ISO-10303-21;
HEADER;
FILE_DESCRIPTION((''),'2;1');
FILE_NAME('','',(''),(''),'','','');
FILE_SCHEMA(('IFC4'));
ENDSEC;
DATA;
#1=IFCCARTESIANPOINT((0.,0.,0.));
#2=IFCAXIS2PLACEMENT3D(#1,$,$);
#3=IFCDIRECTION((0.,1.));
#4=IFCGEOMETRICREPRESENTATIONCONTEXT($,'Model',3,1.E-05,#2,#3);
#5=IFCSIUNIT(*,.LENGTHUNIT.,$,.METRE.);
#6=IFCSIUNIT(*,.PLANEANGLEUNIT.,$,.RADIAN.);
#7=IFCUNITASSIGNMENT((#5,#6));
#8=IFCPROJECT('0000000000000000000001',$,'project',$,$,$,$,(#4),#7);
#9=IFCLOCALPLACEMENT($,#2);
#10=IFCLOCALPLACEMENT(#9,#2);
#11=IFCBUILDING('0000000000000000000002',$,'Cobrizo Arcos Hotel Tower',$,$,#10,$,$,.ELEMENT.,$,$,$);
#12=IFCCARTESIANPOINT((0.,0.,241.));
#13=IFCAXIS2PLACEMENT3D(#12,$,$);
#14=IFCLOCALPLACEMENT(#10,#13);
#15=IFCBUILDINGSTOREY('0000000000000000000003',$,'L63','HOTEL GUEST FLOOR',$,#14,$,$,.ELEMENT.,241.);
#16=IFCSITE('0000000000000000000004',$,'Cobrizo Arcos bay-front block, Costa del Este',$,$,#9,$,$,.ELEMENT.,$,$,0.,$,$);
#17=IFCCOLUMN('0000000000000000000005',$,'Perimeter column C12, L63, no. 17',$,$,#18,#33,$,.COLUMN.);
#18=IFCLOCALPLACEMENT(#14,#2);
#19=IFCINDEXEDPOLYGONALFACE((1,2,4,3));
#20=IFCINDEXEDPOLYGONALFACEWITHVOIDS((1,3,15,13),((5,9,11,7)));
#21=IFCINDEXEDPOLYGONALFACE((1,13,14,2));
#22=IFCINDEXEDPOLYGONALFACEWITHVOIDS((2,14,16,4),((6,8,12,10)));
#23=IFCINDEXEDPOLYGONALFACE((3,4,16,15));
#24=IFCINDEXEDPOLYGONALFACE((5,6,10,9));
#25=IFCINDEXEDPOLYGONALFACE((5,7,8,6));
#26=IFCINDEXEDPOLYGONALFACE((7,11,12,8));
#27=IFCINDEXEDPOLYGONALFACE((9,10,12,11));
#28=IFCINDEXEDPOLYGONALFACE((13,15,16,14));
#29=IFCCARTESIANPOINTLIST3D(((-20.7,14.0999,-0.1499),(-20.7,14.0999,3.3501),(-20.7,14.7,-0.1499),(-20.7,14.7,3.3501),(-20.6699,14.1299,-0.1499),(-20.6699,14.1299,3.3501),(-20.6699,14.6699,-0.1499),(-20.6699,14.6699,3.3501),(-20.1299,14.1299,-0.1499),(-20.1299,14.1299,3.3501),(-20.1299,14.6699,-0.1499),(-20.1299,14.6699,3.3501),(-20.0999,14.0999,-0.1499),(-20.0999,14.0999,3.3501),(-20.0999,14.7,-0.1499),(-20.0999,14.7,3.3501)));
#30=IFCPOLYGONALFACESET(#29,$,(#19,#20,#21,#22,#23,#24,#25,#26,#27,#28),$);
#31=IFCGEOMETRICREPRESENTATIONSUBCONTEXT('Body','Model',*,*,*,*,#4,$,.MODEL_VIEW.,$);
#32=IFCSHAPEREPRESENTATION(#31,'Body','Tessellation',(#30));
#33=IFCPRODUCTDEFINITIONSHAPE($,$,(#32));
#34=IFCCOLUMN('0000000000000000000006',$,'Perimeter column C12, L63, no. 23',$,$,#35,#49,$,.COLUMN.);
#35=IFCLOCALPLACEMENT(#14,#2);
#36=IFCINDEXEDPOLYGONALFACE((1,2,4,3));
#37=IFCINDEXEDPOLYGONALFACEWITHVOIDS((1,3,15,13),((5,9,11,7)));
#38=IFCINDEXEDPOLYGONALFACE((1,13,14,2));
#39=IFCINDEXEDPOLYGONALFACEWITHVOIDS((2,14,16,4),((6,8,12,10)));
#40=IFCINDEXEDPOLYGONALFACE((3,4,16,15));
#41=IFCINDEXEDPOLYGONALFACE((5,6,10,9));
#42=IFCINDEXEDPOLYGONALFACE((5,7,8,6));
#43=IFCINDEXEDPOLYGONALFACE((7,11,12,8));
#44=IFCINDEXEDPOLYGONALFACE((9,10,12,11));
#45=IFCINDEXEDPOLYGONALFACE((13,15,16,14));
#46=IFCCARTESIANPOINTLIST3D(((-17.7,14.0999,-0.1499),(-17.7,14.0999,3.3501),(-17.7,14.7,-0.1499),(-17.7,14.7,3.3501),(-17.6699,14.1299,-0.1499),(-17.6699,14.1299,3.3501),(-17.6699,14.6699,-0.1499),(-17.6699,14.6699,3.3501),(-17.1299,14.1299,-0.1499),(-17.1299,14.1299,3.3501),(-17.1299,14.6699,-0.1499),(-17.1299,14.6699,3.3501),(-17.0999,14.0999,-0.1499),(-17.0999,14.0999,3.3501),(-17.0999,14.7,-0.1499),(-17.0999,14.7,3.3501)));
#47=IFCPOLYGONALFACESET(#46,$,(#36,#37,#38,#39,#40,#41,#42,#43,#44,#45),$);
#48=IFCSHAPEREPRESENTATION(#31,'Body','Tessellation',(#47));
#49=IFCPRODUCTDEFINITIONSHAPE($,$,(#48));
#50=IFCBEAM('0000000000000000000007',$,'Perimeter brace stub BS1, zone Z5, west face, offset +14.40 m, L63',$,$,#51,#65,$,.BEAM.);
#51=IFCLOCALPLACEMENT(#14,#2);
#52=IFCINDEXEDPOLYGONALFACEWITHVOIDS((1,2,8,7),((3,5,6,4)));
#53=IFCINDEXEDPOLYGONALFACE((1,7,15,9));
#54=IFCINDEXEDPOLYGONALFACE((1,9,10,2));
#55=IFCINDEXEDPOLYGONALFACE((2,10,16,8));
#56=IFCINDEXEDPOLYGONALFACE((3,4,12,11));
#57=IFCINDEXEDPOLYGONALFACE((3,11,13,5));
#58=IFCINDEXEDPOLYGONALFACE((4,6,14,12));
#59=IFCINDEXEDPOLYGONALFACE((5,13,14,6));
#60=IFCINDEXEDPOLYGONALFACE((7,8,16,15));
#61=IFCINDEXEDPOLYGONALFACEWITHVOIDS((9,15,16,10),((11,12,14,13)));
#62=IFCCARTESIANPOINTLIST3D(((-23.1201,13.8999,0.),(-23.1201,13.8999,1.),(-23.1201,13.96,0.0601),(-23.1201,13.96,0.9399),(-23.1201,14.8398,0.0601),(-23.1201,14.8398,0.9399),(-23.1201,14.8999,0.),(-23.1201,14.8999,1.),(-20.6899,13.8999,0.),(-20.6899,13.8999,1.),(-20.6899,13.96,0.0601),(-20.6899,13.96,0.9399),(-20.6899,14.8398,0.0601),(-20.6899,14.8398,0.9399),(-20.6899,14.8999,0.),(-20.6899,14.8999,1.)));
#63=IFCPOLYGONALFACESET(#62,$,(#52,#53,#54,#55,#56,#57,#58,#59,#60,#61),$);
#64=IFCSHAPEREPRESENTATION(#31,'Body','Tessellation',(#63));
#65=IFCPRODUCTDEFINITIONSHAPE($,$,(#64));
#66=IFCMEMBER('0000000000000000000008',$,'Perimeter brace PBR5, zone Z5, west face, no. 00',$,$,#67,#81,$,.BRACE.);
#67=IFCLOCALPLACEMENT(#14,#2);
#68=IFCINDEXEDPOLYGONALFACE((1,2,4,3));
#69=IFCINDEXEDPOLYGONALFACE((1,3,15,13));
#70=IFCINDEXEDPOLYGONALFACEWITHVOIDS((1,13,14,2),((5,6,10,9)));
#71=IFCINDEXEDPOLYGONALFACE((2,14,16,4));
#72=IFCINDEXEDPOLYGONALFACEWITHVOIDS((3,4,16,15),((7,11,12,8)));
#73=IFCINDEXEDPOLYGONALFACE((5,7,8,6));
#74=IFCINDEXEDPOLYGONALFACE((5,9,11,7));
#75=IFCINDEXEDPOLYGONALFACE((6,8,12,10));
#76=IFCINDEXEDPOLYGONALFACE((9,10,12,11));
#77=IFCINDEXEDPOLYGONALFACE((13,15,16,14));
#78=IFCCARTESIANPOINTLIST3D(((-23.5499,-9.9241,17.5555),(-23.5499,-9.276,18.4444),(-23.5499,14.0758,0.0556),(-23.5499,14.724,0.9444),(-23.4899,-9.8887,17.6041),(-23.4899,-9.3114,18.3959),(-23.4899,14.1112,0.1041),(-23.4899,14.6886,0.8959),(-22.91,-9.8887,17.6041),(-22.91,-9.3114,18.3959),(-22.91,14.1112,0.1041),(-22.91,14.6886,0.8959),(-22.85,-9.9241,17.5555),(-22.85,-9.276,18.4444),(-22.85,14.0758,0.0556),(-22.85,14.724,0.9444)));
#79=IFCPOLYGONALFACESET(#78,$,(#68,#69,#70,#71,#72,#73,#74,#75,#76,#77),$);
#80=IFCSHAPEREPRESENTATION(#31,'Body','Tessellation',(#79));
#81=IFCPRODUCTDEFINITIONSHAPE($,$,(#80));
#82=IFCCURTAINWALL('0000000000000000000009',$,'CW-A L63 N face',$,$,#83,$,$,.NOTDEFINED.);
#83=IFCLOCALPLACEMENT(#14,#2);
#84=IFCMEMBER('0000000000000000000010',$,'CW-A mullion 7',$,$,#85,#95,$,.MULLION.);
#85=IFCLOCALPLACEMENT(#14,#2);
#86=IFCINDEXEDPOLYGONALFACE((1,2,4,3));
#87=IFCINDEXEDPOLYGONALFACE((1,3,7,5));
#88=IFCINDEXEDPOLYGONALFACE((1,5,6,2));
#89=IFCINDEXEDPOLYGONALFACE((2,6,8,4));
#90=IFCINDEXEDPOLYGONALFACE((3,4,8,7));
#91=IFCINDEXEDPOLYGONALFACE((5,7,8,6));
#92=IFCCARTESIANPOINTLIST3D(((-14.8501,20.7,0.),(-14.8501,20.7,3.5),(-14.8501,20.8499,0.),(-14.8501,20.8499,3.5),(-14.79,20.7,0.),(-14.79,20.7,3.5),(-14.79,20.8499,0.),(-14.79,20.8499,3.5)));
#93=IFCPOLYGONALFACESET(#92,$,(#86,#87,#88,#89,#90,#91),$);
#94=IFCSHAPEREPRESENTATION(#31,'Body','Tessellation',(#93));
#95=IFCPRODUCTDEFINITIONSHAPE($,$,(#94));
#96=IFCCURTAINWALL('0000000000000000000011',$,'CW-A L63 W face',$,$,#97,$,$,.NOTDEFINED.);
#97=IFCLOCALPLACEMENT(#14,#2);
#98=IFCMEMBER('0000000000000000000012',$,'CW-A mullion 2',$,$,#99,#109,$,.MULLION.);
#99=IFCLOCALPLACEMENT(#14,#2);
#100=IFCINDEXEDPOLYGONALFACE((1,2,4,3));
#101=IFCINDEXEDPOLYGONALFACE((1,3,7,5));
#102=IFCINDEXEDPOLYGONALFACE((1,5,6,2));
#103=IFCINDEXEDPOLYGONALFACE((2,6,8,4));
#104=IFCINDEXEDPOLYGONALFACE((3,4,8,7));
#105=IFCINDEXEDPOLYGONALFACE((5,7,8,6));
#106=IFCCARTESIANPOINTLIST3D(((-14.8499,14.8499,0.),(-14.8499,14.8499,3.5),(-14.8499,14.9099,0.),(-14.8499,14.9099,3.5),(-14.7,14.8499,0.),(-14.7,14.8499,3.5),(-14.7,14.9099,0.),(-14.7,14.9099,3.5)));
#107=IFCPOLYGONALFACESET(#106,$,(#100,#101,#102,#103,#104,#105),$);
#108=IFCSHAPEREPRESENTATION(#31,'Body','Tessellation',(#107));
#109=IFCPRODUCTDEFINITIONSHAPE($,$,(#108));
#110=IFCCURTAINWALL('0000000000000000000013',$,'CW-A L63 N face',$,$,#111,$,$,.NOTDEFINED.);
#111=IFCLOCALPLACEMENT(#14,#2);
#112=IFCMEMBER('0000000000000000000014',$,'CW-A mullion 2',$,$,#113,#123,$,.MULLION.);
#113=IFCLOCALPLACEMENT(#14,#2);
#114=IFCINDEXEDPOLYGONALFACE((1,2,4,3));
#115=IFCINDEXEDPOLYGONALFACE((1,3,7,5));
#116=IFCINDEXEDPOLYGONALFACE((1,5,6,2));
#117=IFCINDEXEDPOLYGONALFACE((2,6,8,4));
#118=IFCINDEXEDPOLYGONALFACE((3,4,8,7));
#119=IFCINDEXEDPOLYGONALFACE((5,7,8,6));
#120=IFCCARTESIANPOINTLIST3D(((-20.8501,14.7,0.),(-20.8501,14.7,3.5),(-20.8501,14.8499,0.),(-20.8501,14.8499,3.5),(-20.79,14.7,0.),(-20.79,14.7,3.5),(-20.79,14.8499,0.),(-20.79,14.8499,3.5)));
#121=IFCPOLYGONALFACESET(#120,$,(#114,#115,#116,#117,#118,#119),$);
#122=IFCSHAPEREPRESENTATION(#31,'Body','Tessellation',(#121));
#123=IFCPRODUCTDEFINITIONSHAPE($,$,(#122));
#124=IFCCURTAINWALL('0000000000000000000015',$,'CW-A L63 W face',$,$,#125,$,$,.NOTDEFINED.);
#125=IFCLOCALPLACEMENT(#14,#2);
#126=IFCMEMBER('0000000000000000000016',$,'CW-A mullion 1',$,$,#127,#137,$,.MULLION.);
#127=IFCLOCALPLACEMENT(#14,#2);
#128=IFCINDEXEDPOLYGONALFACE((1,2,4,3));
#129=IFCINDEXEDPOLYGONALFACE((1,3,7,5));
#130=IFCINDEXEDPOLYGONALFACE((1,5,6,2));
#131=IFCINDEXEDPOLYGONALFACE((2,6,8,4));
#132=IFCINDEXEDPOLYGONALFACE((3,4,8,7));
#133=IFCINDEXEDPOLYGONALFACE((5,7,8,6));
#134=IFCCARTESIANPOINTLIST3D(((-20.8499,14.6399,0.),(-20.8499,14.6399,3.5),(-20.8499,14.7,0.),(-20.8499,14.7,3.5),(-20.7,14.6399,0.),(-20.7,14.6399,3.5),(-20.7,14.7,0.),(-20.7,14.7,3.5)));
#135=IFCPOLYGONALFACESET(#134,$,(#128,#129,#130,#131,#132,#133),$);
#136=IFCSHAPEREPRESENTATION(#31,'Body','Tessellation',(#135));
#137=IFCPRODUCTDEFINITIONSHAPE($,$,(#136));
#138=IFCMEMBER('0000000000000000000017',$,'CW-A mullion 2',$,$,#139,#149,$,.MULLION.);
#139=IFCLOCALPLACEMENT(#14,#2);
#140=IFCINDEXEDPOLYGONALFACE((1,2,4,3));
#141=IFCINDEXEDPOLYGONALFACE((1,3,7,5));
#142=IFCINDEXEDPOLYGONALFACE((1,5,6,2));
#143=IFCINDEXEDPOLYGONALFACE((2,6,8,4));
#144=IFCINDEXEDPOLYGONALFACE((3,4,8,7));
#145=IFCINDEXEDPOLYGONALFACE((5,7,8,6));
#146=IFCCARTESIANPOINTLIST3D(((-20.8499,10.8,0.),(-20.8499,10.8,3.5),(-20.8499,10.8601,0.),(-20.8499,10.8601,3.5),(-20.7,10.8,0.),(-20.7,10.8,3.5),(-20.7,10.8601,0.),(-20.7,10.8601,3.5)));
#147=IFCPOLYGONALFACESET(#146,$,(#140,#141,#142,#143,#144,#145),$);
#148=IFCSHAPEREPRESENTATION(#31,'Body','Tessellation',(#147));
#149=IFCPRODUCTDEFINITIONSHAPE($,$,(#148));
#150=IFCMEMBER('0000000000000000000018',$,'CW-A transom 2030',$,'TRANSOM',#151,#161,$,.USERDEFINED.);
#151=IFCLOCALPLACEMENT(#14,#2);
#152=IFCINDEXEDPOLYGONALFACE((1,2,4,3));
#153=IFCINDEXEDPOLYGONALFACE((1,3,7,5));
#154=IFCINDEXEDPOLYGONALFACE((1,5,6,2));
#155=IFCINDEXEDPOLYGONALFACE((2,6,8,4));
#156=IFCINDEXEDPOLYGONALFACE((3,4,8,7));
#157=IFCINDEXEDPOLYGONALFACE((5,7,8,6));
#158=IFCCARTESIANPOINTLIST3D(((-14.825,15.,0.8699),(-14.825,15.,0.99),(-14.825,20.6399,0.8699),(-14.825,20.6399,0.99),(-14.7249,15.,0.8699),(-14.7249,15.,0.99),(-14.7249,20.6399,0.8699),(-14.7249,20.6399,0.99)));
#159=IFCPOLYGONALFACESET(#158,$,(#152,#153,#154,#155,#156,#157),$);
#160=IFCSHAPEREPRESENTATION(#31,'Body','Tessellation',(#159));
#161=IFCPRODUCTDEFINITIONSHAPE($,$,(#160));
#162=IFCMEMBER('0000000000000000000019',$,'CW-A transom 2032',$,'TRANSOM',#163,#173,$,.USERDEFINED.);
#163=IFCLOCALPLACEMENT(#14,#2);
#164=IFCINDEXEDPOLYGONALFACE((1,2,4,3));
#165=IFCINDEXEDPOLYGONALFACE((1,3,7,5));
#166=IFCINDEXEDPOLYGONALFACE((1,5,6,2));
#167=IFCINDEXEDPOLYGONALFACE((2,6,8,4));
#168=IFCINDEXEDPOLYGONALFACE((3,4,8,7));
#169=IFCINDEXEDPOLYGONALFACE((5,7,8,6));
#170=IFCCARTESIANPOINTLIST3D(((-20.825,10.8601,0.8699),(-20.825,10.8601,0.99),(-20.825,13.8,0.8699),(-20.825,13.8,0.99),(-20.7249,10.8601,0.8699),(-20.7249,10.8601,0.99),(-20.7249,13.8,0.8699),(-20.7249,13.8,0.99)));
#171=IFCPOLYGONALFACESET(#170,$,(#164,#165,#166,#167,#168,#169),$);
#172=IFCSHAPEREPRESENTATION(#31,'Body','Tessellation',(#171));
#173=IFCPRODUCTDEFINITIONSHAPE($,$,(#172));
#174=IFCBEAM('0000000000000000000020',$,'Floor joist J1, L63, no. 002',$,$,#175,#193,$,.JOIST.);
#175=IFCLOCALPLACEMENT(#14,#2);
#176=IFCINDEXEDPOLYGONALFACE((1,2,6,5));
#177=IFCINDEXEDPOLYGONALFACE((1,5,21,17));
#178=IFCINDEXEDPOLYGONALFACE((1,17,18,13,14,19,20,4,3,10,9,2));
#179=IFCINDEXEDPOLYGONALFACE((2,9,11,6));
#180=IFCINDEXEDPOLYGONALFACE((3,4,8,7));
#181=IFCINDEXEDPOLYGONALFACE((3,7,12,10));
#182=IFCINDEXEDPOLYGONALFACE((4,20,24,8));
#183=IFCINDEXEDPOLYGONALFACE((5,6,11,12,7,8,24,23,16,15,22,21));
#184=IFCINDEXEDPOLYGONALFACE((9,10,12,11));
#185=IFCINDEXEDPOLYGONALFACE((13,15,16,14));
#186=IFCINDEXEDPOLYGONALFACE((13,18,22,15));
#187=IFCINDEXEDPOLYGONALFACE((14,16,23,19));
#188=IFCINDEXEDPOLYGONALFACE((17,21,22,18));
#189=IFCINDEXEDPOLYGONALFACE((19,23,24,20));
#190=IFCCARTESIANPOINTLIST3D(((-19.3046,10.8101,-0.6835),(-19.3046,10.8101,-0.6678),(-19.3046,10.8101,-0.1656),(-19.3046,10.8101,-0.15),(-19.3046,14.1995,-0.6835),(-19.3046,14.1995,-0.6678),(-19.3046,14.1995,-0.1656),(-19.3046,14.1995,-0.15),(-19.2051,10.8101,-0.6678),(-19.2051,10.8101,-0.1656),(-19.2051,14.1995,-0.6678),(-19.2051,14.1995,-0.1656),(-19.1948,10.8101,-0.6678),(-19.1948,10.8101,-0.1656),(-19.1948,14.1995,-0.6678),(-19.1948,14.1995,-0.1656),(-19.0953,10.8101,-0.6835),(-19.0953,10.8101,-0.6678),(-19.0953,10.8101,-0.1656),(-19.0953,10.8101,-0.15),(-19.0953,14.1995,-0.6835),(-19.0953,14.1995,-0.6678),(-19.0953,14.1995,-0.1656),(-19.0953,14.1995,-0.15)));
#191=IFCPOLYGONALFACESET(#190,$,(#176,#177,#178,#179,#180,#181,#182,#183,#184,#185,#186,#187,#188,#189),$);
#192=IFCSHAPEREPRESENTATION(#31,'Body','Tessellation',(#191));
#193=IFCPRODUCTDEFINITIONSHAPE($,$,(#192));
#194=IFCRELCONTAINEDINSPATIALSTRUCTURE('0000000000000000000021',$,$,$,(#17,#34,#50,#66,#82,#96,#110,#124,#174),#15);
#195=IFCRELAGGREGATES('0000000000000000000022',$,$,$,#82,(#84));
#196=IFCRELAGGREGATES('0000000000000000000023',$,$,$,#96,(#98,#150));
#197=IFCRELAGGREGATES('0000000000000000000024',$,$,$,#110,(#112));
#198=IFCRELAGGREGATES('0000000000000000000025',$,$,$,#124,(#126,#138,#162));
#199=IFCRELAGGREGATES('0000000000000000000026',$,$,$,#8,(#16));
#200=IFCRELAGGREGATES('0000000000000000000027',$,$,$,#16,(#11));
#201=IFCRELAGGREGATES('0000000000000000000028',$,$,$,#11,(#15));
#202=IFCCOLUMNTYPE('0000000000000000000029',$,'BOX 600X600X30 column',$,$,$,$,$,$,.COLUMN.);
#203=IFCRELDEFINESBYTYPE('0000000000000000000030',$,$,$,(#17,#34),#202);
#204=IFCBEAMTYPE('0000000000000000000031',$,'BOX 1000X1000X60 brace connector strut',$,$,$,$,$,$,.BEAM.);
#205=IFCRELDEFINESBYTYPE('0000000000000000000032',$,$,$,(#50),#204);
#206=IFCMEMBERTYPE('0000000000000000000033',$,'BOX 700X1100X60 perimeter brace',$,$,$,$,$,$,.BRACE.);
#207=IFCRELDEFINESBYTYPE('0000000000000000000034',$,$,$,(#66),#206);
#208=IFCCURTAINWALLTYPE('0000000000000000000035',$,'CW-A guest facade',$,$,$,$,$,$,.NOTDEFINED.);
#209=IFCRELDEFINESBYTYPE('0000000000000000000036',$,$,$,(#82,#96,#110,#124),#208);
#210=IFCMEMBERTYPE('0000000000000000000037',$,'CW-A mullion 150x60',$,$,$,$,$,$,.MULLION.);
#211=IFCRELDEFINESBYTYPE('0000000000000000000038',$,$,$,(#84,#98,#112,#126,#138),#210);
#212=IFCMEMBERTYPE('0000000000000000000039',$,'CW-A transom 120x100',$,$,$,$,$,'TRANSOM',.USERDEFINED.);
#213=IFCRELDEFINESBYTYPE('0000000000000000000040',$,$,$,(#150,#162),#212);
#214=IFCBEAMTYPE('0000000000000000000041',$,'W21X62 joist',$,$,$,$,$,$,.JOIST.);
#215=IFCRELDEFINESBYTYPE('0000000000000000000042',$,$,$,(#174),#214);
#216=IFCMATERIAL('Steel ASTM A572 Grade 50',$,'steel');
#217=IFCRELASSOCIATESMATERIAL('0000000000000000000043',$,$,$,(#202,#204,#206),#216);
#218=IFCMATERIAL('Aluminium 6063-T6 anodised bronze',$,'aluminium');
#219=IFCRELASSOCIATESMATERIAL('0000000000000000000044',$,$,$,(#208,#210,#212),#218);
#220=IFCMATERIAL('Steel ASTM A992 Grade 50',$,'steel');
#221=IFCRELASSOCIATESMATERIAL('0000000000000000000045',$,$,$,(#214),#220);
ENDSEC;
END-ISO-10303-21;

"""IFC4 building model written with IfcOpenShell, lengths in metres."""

from ifc_helpers import new_model, si_unit, direction, frame, origin, origin_2d, place, context, subcontext, project, spatial, rectangle, hollow_rectangle, i_section, extrude, material, material_profile, profile_set, type_object, element, aggregate, save


model = new_model("IFC4")

# Units and contexts
model_context = context("Model", 3, precision=1e-05, world=origin(), true_north=direction((0.0, 1.0)))
body_context = subcontext(model_context, "Body", "Model", "MODEL_VIEW")
ifc_project = project(units=[si_unit("LENGTHUNIT", "METRE"), si_unit("PLANEANGLEUNIT", "RADIAN")], contexts=[model_context])

# Site, building, storey
site_placement = place(None, origin())
site = spatial("IfcSite", under=ifc_project, at=site_placement, Name="Cobrizo Arcos bay-front block, Costa del Este", CompositionType="ELEMENT", RefElevation=0.0)
building_placement = place(site_placement, origin())
building = spatial("IfcBuilding", under=site, at=building_placement, Name="Cobrizo Arcos Hotel Tower", CompositionType="ELEMENT")
storey_placement = place(building_placement, frame((0.0, 0.0, 241.0)))
storey = spatial("IfcBuildingStorey", under=building, at=storey_placement, Name="L63", Description="HOTEL GUEST FLOOR", CompositionType="ELEMENT", Elevation=241.0)

# Columns
ifc_material_1 = material(Name="Steel ASTM A572 Grade 50", Category="steel")
ifc_material_profile_1 = material_profile(ifc_material_1, hollow_rectangle(XDim=0.6001, YDim=0.6001, WallThickness=0.03, at=origin_2d()), Name="BOX 600X600X30")
ifc_profile_set_1 = profile_set([ifc_material_profile_1], Name="Steel ASTM A572 Grade 50")
column_type = type_object("IfcColumnType", Name="BOX 600X600X30 column", PredefinedType="COLUMN", material=ifc_profile_set_1)
for number, where, z_axis, x_axis, name in (
    (1, (-20.3999, 14.3999, -0.1499), (0.0, 0.0, 1.0), (1.0, 0.0, 0.0), "Perimeter column C12, L63, no. 17"),
    (2, (-17.3999, 14.3999, -0.1499), (0.0, 0.0, 1.0), (1.0, 0.0, 0.0), "Perimeter column C12, L63, no. 23"),
):
    element("IfcColumn", number, at=place(storey_placement, frame(where, z_axis=z_axis, x_axis=x_axis)), inside=storey, type_object=column_type, Name=name, PredefinedType="COLUMN", context=body_context, shape_type="SweptSolid", body=[
        extrude(hollow_rectangle(XDim=0.6001, YDim=0.6001, WallThickness=0.03, at=origin_2d()), origin(), (0.0, 0.0, 1.0), 3.5),
    ])

# Beam
ifc_material_profile_2 = material_profile(ifc_material_1, hollow_rectangle(XDim=1.0, YDim=1.0, WallThickness=0.0601, at=origin_2d()), Name="BOX 1000X1000X60")
ifc_profile_set_2 = profile_set([ifc_material_profile_2], Name="Steel ASTM A572 Grade 50")
beam_type_1 = type_object("IfcBeamType", Name="BOX 1000X1000X60 brace connector strut", PredefinedType="BEAM", material=ifc_profile_set_2)
beam_1_placement = place(storey_placement, frame((-20.6899, 14.3999, 0.5), z_axis=(-1.0, 0.0, 0.0), x_axis=(0.0, -1.0, 0.0)))
element("IfcBeam", 3, at=beam_1_placement, inside=storey, type_object=beam_type_1, Name="Perimeter brace stub BS1, zone Z5, west face, offset +14.40 m, L63", PredefinedType="BEAM", context=body_context, shape_type="SweptSolid", body=[
    extrude(hollow_rectangle(XDim=1.0, YDim=1.0, WallThickness=0.0601, at=origin_2d()), origin(), (0.0, 0.0, 1.0), 2.4302),
])

# Member
ifc_material_profile_3 = material_profile(ifc_material_1, hollow_rectangle(XDim=0.7, YDim=1.1001, WallThickness=0.0601, at=origin_2d()), Name="BOX 700X1100X60")
ifc_profile_set_3 = profile_set([ifc_material_profile_3], Name="Steel ASTM A572 Grade 50")
member_type_1 = type_object("IfcMemberType", Name="BOX 700X1100X60 perimeter brace", PredefinedType="BRACE", material=ifc_profile_set_3)
member_1_placement = place(storey_placement, frame((-23.2, 14.3999, 0.5), z_axis=(0.0, -0.808008, 0.589172), x_axis=(1.0, 0.0, 0.0)))
element("IfcMember", 4, at=member_1_placement, inside=storey, type_object=member_type_1, Name="Perimeter brace PBR5, zone Z5, west face, no. 00", PredefinedType="BRACE", context=body_context, shape_type="SweptSolid", body=[
    extrude(hollow_rectangle(XDim=0.7, YDim=1.1001, WallThickness=0.0601, at=origin_2d()), origin(), (0.0, 0.0, 1.0), 29.7026),
])

# Curtain walls, members
ifc_material_2 = material(Name="Aluminium 6063-T6 anodised bronze", Category="aluminium")
curtain_wall_type = type_object("IfcCurtainWallType", Name="CW-A guest facade", PredefinedType="NOTDEFINED", material=ifc_material_2)
curtain_wall_1_placement = place(storey_placement, origin())
curtain_wall_1 = element("IfcCurtainWall", 5, at=curtain_wall_1_placement, inside=storey, type_object=curtain_wall_type, Name="CW-A L63 N face", PredefinedType="NOTDEFINED")
ifc_material_profile_4 = material_profile(ifc_material_2, rectangle(XDim=0.1499, YDim=0.0601, at=origin_2d()), Name="CW-A mullion 150x60")
ifc_profile_set_4 = profile_set([ifc_material_profile_4], Name="Aluminium 6063-T6 anodised bronze")
member_type_2 = type_object("IfcMemberType", Name="CW-A mullion 150x60", PredefinedType="MULLION", material=ifc_profile_set_4)
member_2_placement = place(storey_placement, frame((-14.8201, 20.7749, 0.0), z_axis=(0.0, 0.0, 1.0), x_axis=(0.0, 1.0, 0.0)))
member_2 = element("IfcMember", 6, at=member_2_placement, type_object=member_type_2, Name="CW-A mullion 7", PredefinedType="MULLION", context=body_context, shape_type="SweptSolid", body=[
    extrude(rectangle(XDim=0.1499, YDim=0.0601, at=origin_2d()), origin(), (0.0, 0.0, 1.0), 3.5),
])
aggregate(curtain_wall_1, [member_2])
curtain_wall_2_placement = place(storey_placement, origin())
curtain_wall_2 = element("IfcCurtainWall", 7, at=curtain_wall_2_placement, inside=storey, type_object=curtain_wall_type, Name="CW-A L63 W face", PredefinedType="NOTDEFINED")
member_3_placement = place(storey_placement, frame((-14.7749, 14.8799, 0.0), z_axis=(0.0, 0.0, 1.0), x_axis=(-1.0, 0.0, 0.0)))
member_3 = element("IfcMember", 8, at=member_3_placement, type_object=member_type_2, Name="CW-A mullion 2", PredefinedType="MULLION", context=body_context, shape_type="SweptSolid", body=[
    extrude(rectangle(XDim=0.1499, YDim=0.0601, at=origin_2d()), origin(), (0.0, 0.0, 1.0), 3.5),
])
curtain_wall_3_placement = place(storey_placement, origin())
curtain_wall_3 = element("IfcCurtainWall", 9, at=curtain_wall_3_placement, inside=storey, type_object=curtain_wall_type, Name="CW-A L63 N face", PredefinedType="NOTDEFINED")
member_4_placement = place(storey_placement, frame((-20.8201, 14.7749, 0.0), z_axis=(0.0, 0.0, 1.0), x_axis=(0.0, 1.0, 0.0)))
member_4 = element("IfcMember", 10, at=member_4_placement, type_object=member_type_2, Name="CW-A mullion 2", PredefinedType="MULLION", context=body_context, shape_type="SweptSolid", body=[
    extrude(rectangle(XDim=0.1499, YDim=0.0601, at=origin_2d()), origin(), (0.0, 0.0, 1.0), 3.5),
])

# Curtain wall, members
curtain_wall_4_placement = place(storey_placement, origin())
curtain_wall_4 = element("IfcCurtainWall", 11, at=curtain_wall_4_placement, inside=storey, type_object=curtain_wall_type, Name="CW-A L63 W face", PredefinedType="NOTDEFINED")
member_5_placement = place(storey_placement, frame((-20.7749, 14.6699, 0.0), z_axis=(0.0, 0.0, 1.0), x_axis=(-1.0, 0.0, 0.0)))
member_5 = element("IfcMember", 12, at=member_5_placement, type_object=member_type_2, Name="CW-A mullion 1", PredefinedType="MULLION", context=body_context, shape_type="SweptSolid", body=[
    extrude(rectangle(XDim=0.1499, YDim=0.0601, at=origin_2d()), origin(), (0.0, 0.0, 1.0), 3.5),
])
member_6_placement = place(storey_placement, frame((-20.7749, 10.8301, 0.0), z_axis=(0.0, 0.0, 1.0), x_axis=(-1.0, 0.0, 0.0)))
member_6 = element("IfcMember", 13, at=member_6_placement, type_object=member_type_2, Name="CW-A mullion 2", PredefinedType="MULLION", context=body_context, shape_type="SweptSolid", body=[
    extrude(rectangle(XDim=0.1499, YDim=0.0601, at=origin_2d()), origin(), (0.0, 0.0, 1.0), 3.5),
])

# Members
ifc_material_profile_5 = material_profile(ifc_material_2, rectangle(XDim=0.1001, YDim=0.1201, at=origin_2d()), Name="CW-A transom 120x100")
ifc_profile_set_5 = profile_set([ifc_material_profile_5], Name="Aluminium 6063-T6 anodised bronze")
member_type_3 = type_object("IfcMemberType", Name="CW-A transom 120x100", ElementType="TRANSOM", PredefinedType="USERDEFINED", material=ifc_profile_set_5)
member_7_placement = place(storey_placement, frame((-14.7749, 20.6399, 0.9299), z_axis=(0.0, -1.0, 0.0), x_axis=(1.0, 0.0, 0.0)))
member_7 = element("IfcMember", 14, at=member_7_placement, type_object=member_type_3, Name="CW-A transom 2030", ObjectType="TRANSOM", PredefinedType="USERDEFINED", context=body_context, shape_type="SweptSolid", body=[
    extrude(rectangle(XDim=0.1001, YDim=0.1201, at=origin_2d()), origin(), (0.0, 0.0, 1.0), 5.6399),
])
member_8_placement = place(storey_placement, frame((-20.7749, 13.8, 0.9299), z_axis=(0.0, -1.0, 0.0), x_axis=(1.0, 0.0, 0.0)))
member_8 = element("IfcMember", 15, at=member_8_placement, type_object=member_type_3, Name="CW-A transom 2032", ObjectType="TRANSOM", PredefinedType="USERDEFINED", context=body_context, shape_type="SweptSolid", body=[
    extrude(rectangle(XDim=0.1001, YDim=0.1201, at=origin_2d()), origin(), (0.0, 0.0, 1.0), 2.9399),
])

# Beam
ifc_material_3 = material(Name="Steel ASTM A992 Grade 50", Category="steel")
ifc_material_profile_6 = material_profile(ifc_material_3, i_section(OverallWidth=0.2092, OverallDepth=0.5334, WebThickness=0.0103, FlangeThickness=0.0156, at=origin_2d()), Name="W21X62")
ifc_profile_set_6 = profile_set([ifc_material_profile_6], Name="Steel ASTM A992 Grade 50")
beam_type_2 = type_object("IfcBeamType", Name="W21X62 joist", PredefinedType="JOIST", material=ifc_profile_set_6)
beam_2_placement = place(storey_placement, frame((-19.2, 10.8101, -0.4167), z_axis=(0.0, 1.0, 0.0), x_axis=(-1.0, 0.0, 0.0)))
element("IfcBeam", 16, at=beam_2_placement, inside=storey, type_object=beam_type_2, Name="Floor joist J1, L63, no. 002", PredefinedType="JOIST", context=body_context, shape_type="SweptSolid", body=[
    extrude(i_section(OverallWidth=0.2092, OverallDepth=0.5334, WebThickness=0.0103, FlangeThickness=0.0156, at=origin_2d()), origin(), (0.0, 0.0, 1.0), 3.3894),
])

aggregate(curtain_wall_2, [member_3, member_7])
aggregate(curtain_wall_3, [member_4])
aggregate(curtain_wall_4, [member_5, member_6, member_8])

save(model, "model.ifc")
